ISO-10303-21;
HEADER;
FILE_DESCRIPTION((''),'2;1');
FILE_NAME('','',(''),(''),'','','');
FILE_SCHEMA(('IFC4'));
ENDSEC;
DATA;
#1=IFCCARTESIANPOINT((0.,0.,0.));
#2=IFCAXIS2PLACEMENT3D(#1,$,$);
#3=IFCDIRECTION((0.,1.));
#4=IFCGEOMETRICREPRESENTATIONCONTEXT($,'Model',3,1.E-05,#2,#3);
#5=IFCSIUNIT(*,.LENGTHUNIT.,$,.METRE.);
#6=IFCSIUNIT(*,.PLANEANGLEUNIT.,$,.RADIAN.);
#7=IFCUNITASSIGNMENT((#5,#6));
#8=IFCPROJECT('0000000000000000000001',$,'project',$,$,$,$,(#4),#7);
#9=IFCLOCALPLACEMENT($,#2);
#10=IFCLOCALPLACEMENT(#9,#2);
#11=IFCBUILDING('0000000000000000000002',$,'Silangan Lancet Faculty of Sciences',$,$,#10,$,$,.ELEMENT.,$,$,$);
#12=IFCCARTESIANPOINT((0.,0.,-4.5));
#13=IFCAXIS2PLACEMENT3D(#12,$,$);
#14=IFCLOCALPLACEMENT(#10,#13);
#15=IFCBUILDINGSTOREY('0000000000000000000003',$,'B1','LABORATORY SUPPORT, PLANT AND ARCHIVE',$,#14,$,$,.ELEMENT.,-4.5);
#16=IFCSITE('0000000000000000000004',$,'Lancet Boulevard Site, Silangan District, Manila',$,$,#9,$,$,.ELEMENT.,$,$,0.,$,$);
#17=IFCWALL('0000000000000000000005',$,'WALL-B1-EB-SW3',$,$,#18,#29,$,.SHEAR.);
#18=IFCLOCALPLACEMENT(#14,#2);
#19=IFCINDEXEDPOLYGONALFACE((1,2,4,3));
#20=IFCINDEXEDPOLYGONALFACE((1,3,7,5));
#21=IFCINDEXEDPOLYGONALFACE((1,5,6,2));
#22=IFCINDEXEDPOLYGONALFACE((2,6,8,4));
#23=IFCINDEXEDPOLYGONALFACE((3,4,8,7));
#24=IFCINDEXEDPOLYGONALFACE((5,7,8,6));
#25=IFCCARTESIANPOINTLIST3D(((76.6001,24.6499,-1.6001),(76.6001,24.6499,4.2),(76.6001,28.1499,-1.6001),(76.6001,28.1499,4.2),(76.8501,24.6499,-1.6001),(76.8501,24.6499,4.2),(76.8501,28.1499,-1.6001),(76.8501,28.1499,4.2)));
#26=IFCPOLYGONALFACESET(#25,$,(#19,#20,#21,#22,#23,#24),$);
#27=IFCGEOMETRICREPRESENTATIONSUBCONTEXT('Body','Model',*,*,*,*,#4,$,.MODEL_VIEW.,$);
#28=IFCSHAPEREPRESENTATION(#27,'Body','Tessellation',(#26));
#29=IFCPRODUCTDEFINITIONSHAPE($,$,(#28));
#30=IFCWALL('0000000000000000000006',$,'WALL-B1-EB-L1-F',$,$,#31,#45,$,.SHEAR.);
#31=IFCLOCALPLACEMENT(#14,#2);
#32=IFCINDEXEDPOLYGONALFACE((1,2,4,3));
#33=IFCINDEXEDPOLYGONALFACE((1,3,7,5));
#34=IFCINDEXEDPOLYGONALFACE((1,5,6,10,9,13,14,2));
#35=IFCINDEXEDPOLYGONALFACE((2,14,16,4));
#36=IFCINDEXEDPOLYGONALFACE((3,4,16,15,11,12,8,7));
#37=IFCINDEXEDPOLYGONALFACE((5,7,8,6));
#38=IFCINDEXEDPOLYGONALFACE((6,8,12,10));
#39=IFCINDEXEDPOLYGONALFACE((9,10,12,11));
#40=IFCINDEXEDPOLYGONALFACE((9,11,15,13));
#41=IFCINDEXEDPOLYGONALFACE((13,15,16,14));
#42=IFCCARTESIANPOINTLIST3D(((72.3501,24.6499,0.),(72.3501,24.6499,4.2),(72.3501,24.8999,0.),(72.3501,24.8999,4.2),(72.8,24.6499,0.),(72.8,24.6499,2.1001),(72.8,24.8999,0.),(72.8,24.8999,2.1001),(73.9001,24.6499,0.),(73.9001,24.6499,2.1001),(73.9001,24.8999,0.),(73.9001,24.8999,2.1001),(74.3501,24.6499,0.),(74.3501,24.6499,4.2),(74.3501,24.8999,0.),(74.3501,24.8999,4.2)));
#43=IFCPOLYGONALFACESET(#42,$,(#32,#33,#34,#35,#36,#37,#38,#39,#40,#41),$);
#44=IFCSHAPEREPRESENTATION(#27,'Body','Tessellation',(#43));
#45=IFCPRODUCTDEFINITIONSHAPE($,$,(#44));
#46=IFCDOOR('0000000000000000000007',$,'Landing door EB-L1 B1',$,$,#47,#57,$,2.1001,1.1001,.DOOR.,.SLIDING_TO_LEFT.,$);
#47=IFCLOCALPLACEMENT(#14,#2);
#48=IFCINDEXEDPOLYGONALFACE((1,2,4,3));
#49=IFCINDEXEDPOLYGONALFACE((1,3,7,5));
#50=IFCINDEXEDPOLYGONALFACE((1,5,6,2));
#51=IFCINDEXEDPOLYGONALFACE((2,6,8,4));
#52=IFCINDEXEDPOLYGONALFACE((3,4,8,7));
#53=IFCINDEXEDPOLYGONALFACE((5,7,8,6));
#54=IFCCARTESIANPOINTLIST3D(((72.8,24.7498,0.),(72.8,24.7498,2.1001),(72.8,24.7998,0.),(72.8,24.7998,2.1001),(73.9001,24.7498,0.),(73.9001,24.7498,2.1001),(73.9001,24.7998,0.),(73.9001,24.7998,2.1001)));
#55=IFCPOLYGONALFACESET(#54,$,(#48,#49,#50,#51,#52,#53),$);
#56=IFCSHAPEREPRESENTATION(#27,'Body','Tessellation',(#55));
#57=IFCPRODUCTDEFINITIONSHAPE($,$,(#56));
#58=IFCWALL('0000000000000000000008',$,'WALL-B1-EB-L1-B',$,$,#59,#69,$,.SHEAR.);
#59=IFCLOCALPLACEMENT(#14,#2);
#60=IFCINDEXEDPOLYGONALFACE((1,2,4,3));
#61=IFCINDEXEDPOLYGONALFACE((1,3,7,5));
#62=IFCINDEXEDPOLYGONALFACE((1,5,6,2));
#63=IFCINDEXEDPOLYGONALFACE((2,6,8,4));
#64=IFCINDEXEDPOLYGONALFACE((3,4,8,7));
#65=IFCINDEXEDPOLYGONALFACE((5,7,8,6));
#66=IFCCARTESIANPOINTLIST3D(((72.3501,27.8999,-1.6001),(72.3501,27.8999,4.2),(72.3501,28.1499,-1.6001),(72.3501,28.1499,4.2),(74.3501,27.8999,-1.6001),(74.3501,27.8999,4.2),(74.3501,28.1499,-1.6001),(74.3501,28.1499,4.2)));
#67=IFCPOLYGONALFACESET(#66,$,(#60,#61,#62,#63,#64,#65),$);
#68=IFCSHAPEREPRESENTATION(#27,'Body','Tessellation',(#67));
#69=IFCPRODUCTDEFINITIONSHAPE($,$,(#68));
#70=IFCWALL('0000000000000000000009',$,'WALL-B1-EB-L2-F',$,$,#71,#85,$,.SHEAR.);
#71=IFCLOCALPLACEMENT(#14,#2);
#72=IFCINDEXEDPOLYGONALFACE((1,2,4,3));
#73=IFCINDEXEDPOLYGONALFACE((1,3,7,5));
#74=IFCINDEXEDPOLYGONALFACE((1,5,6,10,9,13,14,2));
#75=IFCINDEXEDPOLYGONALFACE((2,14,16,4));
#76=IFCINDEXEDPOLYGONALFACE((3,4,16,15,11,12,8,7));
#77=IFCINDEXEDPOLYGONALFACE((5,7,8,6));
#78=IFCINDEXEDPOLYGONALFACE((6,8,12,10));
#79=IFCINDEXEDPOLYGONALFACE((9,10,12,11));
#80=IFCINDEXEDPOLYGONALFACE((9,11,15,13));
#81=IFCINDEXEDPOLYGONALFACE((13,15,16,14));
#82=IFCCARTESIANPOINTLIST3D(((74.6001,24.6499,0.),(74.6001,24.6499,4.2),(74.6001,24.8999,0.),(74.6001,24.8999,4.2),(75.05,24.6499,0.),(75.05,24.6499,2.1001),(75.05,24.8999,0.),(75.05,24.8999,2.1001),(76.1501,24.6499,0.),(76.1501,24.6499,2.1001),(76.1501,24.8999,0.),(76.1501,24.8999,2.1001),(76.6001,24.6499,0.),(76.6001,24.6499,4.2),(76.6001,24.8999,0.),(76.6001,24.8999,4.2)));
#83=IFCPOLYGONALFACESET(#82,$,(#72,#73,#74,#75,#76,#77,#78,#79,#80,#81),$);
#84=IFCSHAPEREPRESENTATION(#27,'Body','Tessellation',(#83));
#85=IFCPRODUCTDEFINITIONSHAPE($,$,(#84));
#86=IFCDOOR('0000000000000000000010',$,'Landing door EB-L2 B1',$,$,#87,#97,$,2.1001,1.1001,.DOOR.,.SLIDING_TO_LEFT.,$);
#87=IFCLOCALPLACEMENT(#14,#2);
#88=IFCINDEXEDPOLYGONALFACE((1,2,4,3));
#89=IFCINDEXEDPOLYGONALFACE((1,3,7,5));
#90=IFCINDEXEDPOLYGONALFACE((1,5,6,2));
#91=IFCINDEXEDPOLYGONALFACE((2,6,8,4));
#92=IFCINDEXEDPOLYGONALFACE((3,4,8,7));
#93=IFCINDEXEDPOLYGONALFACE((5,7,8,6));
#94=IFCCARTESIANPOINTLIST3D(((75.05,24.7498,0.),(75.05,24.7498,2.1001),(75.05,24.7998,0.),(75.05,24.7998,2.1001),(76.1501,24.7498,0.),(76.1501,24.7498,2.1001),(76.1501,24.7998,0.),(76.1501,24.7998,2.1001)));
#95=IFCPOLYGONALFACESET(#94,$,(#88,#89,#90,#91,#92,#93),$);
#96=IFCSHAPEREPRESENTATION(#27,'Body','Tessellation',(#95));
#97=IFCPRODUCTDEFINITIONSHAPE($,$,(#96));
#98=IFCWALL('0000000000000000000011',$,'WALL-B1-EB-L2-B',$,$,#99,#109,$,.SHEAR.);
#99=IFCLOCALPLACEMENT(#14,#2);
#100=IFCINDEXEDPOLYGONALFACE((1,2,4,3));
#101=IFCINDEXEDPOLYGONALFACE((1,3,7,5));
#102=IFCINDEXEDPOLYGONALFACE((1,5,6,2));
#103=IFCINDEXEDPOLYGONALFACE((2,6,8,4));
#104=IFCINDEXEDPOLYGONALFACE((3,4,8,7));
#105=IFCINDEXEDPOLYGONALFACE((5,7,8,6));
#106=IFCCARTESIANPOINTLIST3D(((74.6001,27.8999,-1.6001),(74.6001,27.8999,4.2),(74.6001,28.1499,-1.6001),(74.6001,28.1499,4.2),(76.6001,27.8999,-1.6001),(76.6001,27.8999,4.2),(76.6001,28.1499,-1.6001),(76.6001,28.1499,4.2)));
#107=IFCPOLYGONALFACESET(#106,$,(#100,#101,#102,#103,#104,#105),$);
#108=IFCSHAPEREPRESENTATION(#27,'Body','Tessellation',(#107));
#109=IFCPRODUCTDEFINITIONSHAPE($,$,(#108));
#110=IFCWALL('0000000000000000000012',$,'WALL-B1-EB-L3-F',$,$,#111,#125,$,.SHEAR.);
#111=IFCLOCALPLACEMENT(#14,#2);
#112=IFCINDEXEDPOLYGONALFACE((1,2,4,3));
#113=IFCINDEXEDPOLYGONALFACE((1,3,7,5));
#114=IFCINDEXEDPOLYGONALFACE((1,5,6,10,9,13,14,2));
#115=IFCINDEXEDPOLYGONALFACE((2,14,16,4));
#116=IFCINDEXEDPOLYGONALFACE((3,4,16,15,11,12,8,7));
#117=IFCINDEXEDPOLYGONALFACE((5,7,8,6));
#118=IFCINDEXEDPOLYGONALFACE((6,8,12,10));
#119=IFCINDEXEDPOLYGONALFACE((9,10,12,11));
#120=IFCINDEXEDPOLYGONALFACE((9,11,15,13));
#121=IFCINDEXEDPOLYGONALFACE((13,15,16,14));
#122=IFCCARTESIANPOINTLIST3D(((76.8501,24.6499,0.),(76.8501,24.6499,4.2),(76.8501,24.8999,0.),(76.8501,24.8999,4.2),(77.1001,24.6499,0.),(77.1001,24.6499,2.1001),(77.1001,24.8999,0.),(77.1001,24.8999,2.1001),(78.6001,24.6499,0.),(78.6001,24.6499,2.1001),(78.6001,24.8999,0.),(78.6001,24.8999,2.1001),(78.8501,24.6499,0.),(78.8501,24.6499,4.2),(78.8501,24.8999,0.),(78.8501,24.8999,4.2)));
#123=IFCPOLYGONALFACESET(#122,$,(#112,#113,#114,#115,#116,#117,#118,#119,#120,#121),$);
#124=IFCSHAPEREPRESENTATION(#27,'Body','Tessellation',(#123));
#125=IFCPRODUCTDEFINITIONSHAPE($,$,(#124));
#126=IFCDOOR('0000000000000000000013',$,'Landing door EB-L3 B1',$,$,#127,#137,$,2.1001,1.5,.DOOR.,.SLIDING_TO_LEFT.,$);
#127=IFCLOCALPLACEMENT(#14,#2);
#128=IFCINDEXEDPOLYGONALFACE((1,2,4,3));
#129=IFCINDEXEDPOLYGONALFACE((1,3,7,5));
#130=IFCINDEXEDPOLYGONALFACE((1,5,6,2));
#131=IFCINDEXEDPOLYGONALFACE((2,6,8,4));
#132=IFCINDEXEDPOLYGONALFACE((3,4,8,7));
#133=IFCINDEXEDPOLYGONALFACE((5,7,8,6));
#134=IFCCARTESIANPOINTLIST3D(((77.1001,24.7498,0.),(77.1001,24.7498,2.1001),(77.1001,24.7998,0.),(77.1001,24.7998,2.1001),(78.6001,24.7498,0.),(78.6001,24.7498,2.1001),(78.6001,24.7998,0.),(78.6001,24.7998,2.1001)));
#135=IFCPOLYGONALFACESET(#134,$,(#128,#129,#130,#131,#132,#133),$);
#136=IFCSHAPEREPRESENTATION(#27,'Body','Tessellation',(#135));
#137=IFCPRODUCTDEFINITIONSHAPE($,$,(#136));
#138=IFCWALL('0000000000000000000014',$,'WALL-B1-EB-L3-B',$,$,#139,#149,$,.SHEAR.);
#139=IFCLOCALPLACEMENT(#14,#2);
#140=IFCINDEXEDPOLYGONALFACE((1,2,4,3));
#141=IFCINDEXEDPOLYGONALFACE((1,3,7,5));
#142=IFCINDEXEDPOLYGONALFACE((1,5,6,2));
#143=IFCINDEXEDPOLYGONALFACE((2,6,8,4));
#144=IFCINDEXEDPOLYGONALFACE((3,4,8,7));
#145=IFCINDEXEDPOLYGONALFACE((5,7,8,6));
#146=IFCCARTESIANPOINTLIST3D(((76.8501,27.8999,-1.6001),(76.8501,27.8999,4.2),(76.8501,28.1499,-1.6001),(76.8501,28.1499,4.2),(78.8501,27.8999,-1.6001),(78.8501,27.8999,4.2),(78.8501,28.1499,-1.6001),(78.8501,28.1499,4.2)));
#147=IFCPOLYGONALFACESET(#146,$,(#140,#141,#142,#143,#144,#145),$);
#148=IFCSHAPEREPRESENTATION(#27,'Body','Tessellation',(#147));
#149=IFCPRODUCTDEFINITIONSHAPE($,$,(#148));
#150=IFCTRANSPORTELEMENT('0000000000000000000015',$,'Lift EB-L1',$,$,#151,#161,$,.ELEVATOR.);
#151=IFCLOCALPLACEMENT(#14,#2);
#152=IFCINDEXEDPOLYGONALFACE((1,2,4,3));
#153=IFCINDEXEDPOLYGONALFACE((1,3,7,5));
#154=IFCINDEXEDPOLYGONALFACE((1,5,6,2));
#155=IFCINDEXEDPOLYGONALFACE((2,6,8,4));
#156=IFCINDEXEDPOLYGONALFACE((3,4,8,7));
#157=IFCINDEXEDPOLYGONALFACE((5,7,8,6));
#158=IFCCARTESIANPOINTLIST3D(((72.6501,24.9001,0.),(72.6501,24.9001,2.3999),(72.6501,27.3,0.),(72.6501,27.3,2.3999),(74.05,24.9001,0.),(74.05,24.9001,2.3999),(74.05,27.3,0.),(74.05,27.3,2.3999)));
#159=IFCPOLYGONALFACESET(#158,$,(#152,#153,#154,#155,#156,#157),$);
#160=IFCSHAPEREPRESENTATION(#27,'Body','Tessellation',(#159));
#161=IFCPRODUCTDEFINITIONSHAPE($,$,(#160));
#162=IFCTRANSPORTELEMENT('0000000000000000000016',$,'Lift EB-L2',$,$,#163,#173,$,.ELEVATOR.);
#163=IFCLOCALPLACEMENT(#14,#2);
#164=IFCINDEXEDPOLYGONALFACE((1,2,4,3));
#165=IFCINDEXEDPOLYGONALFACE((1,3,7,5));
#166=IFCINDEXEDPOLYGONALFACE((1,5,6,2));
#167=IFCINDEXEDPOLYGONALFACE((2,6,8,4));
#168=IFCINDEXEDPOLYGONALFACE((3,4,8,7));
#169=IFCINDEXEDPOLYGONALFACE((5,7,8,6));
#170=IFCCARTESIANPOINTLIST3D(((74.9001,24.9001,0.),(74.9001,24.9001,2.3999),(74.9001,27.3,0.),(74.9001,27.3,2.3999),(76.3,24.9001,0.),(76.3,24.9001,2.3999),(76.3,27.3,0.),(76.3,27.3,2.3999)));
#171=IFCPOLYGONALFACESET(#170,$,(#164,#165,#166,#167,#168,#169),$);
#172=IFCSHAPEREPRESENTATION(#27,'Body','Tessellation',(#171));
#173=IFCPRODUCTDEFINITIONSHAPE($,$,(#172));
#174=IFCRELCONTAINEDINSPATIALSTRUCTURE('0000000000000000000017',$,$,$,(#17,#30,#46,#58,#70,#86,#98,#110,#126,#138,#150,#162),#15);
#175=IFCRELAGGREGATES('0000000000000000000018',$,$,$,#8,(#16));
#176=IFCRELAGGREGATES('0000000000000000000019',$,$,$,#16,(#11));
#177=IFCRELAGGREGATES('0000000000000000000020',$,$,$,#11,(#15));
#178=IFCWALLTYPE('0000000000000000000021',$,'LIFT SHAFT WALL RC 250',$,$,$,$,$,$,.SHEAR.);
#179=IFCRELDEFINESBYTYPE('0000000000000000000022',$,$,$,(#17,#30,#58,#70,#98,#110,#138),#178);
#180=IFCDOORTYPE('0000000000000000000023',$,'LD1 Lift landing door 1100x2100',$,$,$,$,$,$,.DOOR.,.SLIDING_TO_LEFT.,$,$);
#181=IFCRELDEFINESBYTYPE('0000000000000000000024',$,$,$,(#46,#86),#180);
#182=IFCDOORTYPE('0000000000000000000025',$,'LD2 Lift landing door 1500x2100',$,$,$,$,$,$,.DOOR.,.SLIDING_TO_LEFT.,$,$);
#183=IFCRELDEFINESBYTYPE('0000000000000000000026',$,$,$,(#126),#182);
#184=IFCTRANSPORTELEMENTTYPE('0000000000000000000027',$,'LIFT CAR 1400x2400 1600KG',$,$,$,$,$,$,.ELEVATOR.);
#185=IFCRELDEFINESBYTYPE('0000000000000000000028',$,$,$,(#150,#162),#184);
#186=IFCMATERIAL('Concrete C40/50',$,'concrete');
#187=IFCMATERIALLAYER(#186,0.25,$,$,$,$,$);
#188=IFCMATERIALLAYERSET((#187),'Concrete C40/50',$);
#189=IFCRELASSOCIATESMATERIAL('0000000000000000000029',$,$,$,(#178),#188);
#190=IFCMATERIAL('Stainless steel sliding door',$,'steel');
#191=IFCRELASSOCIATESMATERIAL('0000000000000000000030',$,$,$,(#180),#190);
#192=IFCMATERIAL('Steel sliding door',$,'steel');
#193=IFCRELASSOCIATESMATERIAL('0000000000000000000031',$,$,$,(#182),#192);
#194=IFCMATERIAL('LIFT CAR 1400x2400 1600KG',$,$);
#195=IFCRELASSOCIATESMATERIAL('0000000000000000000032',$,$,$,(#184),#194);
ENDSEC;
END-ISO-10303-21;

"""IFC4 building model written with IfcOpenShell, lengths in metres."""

from ifc_helpers import new_model, si_unit, direction, frame, frame_2d, origin, origin_2d, place, context, subcontext, project, spatial, rectangle, extrude, material, layer, layer_set, type_object, element, fill, save


model = new_model("IFC4")

# Units and contexts
model_context = context("Model", 3, precision=1e-05, world=origin(), true_north=direction((0.0, 1.0)))
body_context = subcontext(model_context, "Body", "Model", "MODEL_VIEW")
ifc_project = project(units=[si_unit("LENGTHUNIT", "METRE"), si_unit("PLANEANGLEUNIT", "RADIAN")], contexts=[model_context])

# Site, building, storey
site_placement = place(None, origin())
site = spatial("IfcSite", under=ifc_project, at=site_placement, Name="Lancet Boulevard Site, Silangan District, Manila", CompositionType="ELEMENT", RefElevation=0.0)
building_placement = place(site_placement, origin())
building = spatial("IfcBuilding", under=site, at=building_placement, Name="Silangan Lancet Faculty of Sciences", CompositionType="ELEMENT")
storey_placement = place(building_placement, frame((0.0, 0.0, -4.5)))
storey = spatial("IfcBuildingStorey", under=building, at=storey_placement, Name="B1", Description="LABORATORY SUPPORT, PLANT AND ARCHIVE", CompositionType="ELEMENT", Elevation=-4.5)

# Wall
ifc_material_1 = material(Name="Concrete C40/50", Category="concrete")
ifc_layer_1 = layer(ifc_material_1, 0.25)
ifc_layer_set_1 = layer_set([ifc_layer_1], Name="Concrete C40/50")
wall_type_1 = type_object("IfcWallType", Name="LIFT SHAFT WALL RC 250", PredefinedType="SHEAR", material=ifc_layer_set_1)
for number, where, z_axis, x_axis, name in (
    (1, (76.7251, 24.6499, -1.6001), (0.0, 0.0, 1.0), (0.0, 1.0, 0.0), "WALL-B1-EB-SW3"),
):
    element("IfcWall", number, at=place(storey_placement, frame(where, z_axis=z_axis, x_axis=x_axis)), inside=storey, type_object=wall_type_1, Name=name, PredefinedType="SHEAR", context=body_context, shape_type="SweptSolid", body=[
        extrude(rectangle(XDim=3.5, YDim=0.25, at=frame_2d((1.75, 0.0))), origin(), (0.0, 0.0, 1.0), 5.8),
    ])

# Wall, opening, door
wall_1_placement = place(storey_placement, frame((72.3501, 24.7749, 0.0), z_axis=(0.0, 0.0, 1.0), x_axis=(1.0, 0.0, 0.0)))
wall_1 = element("IfcWall", 2, at=wall_1_placement, inside=storey, type_object=wall_type_1, Name="WALL-B1-EB-L1-F", PredefinedType="SHEAR", context=body_context, shape_type="SweptSolid", body=[
    extrude(rectangle(XDim=2.0, YDim=0.25, at=frame_2d((1.0, 0.0))), origin(), (0.0, 0.0, 1.0), 4.2),
])
opening_1_placement = place(wall_1_placement, frame((0.45, 0.0, 0.0)))
opening_1 = element("IfcOpeningElement", 3, at=opening_1_placement, cuts=wall_1, PredefinedType="OPENING", context=body_context, shape_type="SweptSolid", body=[
    extrude(rectangle(XDim=1.1001, YDim=2.1001, at=frame_2d((0.55, 1.05))), frame((0.0, 0.135, 0.0), z_axis=(0.0, -1.0, 0.0), x_axis=(1.0, 0.0, 0.0)), (0.0, 0.0, 1.0), 0.27),
])
ifc_material_2 = material(Name="Stainless steel sliding door", Category="steel")
door_type_1 = type_object("IfcDoorType", Name="LD1 Lift landing door 1100x2100", OperationType="SLIDING_TO_LEFT", PredefinedType="DOOR", material=ifc_material_2)
door_1_placement = place(opening_1_placement, origin())
door_1 = element("IfcDoor", 4, at=door_1_placement, inside=storey, type_object=door_type_1, Name="Landing door EB-L1 B1", OperationType="SLIDING_TO_LEFT", OverallHeight=2.1001, OverallWidth=1.1001, PredefinedType="DOOR", context=body_context, shape_type="SweptSolid", body=[
    extrude(rectangle(XDim=1.1001, YDim=2.1001, at=frame_2d((0.55, 1.05))), frame((0.0, 0.0249, 0.0), z_axis=(0.0, -1.0, 0.0), x_axis=(1.0, 0.0, 0.0)), (0.0, 0.0, 1.0), 0.05),
])
fill(opening_1, door_1)

# Wall
wall_2_placement = place(storey_placement, frame((72.3501, 28.0249, -1.6001), z_axis=(0.0, 0.0, 1.0), x_axis=(1.0, 0.0, 0.0)))
element("IfcWall", 5, at=wall_2_placement, inside=storey, type_object=wall_type_1, Name="WALL-B1-EB-L1-B", PredefinedType="SHEAR", context=body_context, shape_type="SweptSolid", body=[
    extrude(rectangle(XDim=2.0, YDim=0.25, at=frame_2d((1.0, 0.0))), origin(), (0.0, 0.0, 1.0), 5.8),
])

# Wall, opening, door
wall_3_placement = place(storey_placement, frame((74.6001, 24.7749, 0.0), z_axis=(0.0, 0.0, 1.0), x_axis=(1.0, 0.0, 0.0)))
wall_3 = element("IfcWall", 6, at=wall_3_placement, inside=storey, type_object=wall_type_1, Name="WALL-B1-EB-L2-F", PredefinedType="SHEAR", context=body_context, shape_type="SweptSolid", body=[
    extrude(rectangle(XDim=2.0, YDim=0.25, at=frame_2d((1.0, 0.0))), origin(), (0.0, 0.0, 1.0), 4.2),
])
opening_2_placement = place(wall_3_placement, frame((0.45, 0.0, 0.0)))
opening_2 = element("IfcOpeningElement", 7, at=opening_2_placement, cuts=wall_3, PredefinedType="OPENING", context=body_context, shape_type="SweptSolid", body=[
    extrude(rectangle(XDim=1.1001, YDim=2.1001, at=frame_2d((0.55, 1.05))), frame((0.0, 0.135, 0.0), z_axis=(0.0, -1.0, 0.0), x_axis=(1.0, 0.0, 0.0)), (0.0, 0.0, 1.0), 0.27),
])
door_2_placement = place(opening_2_placement, origin())
door_2 = element("IfcDoor", 8, at=door_2_placement, inside=storey, type_object=door_type_1, Name="Landing door EB-L2 B1", OperationType="SLIDING_TO_LEFT", OverallHeight=2.1001, OverallWidth=1.1001, PredefinedType="DOOR", context=body_context, shape_type="SweptSolid", body=[
    extrude(rectangle(XDim=1.1001, YDim=2.1001, at=frame_2d((0.55, 1.05))), frame((0.0, 0.0249, 0.0), z_axis=(0.0, -1.0, 0.0), x_axis=(1.0, 0.0, 0.0)), (0.0, 0.0, 1.0), 0.05),
])
fill(opening_2, door_2)

# Wall
wall_4_placement = place(storey_placement, frame((74.6001, 28.0249, -1.6001), z_axis=(0.0, 0.0, 1.0), x_axis=(1.0, 0.0, 0.0)))
element("IfcWall", 9, at=wall_4_placement, inside=storey, type_object=wall_type_1, Name="WALL-B1-EB-L2-B", PredefinedType="SHEAR", context=body_context, shape_type="SweptSolid", body=[
    extrude(rectangle(XDim=2.0, YDim=0.25, at=frame_2d((1.0, 0.0))), origin(), (0.0, 0.0, 1.0), 5.8),
])

# Wall, opening, door
wall_5_placement = place(storey_placement, frame((76.8501, 24.7749, 0.0), z_axis=(0.0, 0.0, 1.0), x_axis=(1.0, 0.0, 0.0)))
wall_5 = element("IfcWall", 10, at=wall_5_placement, inside=storey, type_object=wall_type_1, Name="WALL-B1-EB-L3-F", PredefinedType="SHEAR", context=body_context, shape_type="SweptSolid", body=[
    extrude(rectangle(XDim=2.0, YDim=0.25, at=frame_2d((1.0, 0.0))), origin(), (0.0, 0.0, 1.0), 4.2),
])
opening_3_placement = place(wall_5_placement, frame((0.25, 0.0, 0.0)))
opening_3 = element("IfcOpeningElement", 11, at=opening_3_placement, cuts=wall_5, PredefinedType="OPENING", context=body_context, shape_type="SweptSolid", body=[
    extrude(rectangle(XDim=1.5, YDim=2.1001, at=frame_2d((0.75, 1.05))), frame((0.0, 0.135, 0.0), z_axis=(0.0, -1.0, 0.0), x_axis=(1.0, 0.0, 0.0)), (0.0, 0.0, 1.0), 0.27),
])
ifc_material_3 = material(Name="Steel sliding door", Category="steel")
door_type_2 = type_object("IfcDoorType", Name="LD2 Lift landing door 1500x2100", OperationType="SLIDING_TO_LEFT", PredefinedType="DOOR", material=ifc_material_3)
door_3_placement = place(opening_3_placement, origin())
door_3 = element("IfcDoor", 12, at=door_3_placement, inside=storey, type_object=door_type_2, Name="Landing door EB-L3 B1", OperationType="SLIDING_TO_LEFT", OverallHeight=2.1001, OverallWidth=1.5, PredefinedType="DOOR", context=body_context, shape_type="SweptSolid", body=[
    extrude(rectangle(XDim=1.5, YDim=2.1001, at=frame_2d((0.75, 1.05))), frame((0.0, 0.0249, 0.0), z_axis=(0.0, -1.0, 0.0), x_axis=(1.0, 0.0, 0.0)), (0.0, 0.0, 1.0), 0.05),
])
fill(opening_3, door_3)

# Wall
wall_6_placement = place(storey_placement, frame((76.8501, 28.0249, -1.6001), z_axis=(0.0, 0.0, 1.0), x_axis=(1.0, 0.0, 0.0)))
element("IfcWall", 13, at=wall_6_placement, inside=storey, type_object=wall_type_1, Name="WALL-B1-EB-L3-B", PredefinedType="SHEAR", context=body_context, shape_type="SweptSolid", body=[
    extrude(rectangle(XDim=2.0, YDim=0.25, at=frame_2d((1.0, 0.0))), origin(), (0.0, 0.0, 1.0), 5.8),
])

# Transport elements
ifc_material_4 = material(Name="LIFT CAR 1400x2400 1600KG")
transport_element_type = type_object("IfcTransportElementType", Name="LIFT CAR 1400x2400 1600KG", PredefinedType="ELEVATOR", material=ifc_material_4)
for number, where, z_axis, x_axis, name in (
    (14, (73.3501, 26.1001, 0.0), (0.0, 0.0, 1.0), (1.0, 0.0, 0.0), "Lift EB-L1"),
    (15, (75.6001, 26.1001, 0.0), (0.0, 0.0, 1.0), (1.0, 0.0, 0.0), "Lift EB-L2"),
):
    element("IfcTransportElement", number, at=place(storey_placement, frame(where, z_axis=z_axis, x_axis=x_axis)), inside=storey, type_object=transport_element_type, Name=name, PredefinedType="ELEVATOR", context=body_context, shape_type="SweptSolid", body=[
        extrude(rectangle(XDim=1.3999, YDim=2.3999, at=origin_2d()), origin(), (0.0, 0.0, 1.0), 2.3999),
    ])

save(model, "model.ifc")
